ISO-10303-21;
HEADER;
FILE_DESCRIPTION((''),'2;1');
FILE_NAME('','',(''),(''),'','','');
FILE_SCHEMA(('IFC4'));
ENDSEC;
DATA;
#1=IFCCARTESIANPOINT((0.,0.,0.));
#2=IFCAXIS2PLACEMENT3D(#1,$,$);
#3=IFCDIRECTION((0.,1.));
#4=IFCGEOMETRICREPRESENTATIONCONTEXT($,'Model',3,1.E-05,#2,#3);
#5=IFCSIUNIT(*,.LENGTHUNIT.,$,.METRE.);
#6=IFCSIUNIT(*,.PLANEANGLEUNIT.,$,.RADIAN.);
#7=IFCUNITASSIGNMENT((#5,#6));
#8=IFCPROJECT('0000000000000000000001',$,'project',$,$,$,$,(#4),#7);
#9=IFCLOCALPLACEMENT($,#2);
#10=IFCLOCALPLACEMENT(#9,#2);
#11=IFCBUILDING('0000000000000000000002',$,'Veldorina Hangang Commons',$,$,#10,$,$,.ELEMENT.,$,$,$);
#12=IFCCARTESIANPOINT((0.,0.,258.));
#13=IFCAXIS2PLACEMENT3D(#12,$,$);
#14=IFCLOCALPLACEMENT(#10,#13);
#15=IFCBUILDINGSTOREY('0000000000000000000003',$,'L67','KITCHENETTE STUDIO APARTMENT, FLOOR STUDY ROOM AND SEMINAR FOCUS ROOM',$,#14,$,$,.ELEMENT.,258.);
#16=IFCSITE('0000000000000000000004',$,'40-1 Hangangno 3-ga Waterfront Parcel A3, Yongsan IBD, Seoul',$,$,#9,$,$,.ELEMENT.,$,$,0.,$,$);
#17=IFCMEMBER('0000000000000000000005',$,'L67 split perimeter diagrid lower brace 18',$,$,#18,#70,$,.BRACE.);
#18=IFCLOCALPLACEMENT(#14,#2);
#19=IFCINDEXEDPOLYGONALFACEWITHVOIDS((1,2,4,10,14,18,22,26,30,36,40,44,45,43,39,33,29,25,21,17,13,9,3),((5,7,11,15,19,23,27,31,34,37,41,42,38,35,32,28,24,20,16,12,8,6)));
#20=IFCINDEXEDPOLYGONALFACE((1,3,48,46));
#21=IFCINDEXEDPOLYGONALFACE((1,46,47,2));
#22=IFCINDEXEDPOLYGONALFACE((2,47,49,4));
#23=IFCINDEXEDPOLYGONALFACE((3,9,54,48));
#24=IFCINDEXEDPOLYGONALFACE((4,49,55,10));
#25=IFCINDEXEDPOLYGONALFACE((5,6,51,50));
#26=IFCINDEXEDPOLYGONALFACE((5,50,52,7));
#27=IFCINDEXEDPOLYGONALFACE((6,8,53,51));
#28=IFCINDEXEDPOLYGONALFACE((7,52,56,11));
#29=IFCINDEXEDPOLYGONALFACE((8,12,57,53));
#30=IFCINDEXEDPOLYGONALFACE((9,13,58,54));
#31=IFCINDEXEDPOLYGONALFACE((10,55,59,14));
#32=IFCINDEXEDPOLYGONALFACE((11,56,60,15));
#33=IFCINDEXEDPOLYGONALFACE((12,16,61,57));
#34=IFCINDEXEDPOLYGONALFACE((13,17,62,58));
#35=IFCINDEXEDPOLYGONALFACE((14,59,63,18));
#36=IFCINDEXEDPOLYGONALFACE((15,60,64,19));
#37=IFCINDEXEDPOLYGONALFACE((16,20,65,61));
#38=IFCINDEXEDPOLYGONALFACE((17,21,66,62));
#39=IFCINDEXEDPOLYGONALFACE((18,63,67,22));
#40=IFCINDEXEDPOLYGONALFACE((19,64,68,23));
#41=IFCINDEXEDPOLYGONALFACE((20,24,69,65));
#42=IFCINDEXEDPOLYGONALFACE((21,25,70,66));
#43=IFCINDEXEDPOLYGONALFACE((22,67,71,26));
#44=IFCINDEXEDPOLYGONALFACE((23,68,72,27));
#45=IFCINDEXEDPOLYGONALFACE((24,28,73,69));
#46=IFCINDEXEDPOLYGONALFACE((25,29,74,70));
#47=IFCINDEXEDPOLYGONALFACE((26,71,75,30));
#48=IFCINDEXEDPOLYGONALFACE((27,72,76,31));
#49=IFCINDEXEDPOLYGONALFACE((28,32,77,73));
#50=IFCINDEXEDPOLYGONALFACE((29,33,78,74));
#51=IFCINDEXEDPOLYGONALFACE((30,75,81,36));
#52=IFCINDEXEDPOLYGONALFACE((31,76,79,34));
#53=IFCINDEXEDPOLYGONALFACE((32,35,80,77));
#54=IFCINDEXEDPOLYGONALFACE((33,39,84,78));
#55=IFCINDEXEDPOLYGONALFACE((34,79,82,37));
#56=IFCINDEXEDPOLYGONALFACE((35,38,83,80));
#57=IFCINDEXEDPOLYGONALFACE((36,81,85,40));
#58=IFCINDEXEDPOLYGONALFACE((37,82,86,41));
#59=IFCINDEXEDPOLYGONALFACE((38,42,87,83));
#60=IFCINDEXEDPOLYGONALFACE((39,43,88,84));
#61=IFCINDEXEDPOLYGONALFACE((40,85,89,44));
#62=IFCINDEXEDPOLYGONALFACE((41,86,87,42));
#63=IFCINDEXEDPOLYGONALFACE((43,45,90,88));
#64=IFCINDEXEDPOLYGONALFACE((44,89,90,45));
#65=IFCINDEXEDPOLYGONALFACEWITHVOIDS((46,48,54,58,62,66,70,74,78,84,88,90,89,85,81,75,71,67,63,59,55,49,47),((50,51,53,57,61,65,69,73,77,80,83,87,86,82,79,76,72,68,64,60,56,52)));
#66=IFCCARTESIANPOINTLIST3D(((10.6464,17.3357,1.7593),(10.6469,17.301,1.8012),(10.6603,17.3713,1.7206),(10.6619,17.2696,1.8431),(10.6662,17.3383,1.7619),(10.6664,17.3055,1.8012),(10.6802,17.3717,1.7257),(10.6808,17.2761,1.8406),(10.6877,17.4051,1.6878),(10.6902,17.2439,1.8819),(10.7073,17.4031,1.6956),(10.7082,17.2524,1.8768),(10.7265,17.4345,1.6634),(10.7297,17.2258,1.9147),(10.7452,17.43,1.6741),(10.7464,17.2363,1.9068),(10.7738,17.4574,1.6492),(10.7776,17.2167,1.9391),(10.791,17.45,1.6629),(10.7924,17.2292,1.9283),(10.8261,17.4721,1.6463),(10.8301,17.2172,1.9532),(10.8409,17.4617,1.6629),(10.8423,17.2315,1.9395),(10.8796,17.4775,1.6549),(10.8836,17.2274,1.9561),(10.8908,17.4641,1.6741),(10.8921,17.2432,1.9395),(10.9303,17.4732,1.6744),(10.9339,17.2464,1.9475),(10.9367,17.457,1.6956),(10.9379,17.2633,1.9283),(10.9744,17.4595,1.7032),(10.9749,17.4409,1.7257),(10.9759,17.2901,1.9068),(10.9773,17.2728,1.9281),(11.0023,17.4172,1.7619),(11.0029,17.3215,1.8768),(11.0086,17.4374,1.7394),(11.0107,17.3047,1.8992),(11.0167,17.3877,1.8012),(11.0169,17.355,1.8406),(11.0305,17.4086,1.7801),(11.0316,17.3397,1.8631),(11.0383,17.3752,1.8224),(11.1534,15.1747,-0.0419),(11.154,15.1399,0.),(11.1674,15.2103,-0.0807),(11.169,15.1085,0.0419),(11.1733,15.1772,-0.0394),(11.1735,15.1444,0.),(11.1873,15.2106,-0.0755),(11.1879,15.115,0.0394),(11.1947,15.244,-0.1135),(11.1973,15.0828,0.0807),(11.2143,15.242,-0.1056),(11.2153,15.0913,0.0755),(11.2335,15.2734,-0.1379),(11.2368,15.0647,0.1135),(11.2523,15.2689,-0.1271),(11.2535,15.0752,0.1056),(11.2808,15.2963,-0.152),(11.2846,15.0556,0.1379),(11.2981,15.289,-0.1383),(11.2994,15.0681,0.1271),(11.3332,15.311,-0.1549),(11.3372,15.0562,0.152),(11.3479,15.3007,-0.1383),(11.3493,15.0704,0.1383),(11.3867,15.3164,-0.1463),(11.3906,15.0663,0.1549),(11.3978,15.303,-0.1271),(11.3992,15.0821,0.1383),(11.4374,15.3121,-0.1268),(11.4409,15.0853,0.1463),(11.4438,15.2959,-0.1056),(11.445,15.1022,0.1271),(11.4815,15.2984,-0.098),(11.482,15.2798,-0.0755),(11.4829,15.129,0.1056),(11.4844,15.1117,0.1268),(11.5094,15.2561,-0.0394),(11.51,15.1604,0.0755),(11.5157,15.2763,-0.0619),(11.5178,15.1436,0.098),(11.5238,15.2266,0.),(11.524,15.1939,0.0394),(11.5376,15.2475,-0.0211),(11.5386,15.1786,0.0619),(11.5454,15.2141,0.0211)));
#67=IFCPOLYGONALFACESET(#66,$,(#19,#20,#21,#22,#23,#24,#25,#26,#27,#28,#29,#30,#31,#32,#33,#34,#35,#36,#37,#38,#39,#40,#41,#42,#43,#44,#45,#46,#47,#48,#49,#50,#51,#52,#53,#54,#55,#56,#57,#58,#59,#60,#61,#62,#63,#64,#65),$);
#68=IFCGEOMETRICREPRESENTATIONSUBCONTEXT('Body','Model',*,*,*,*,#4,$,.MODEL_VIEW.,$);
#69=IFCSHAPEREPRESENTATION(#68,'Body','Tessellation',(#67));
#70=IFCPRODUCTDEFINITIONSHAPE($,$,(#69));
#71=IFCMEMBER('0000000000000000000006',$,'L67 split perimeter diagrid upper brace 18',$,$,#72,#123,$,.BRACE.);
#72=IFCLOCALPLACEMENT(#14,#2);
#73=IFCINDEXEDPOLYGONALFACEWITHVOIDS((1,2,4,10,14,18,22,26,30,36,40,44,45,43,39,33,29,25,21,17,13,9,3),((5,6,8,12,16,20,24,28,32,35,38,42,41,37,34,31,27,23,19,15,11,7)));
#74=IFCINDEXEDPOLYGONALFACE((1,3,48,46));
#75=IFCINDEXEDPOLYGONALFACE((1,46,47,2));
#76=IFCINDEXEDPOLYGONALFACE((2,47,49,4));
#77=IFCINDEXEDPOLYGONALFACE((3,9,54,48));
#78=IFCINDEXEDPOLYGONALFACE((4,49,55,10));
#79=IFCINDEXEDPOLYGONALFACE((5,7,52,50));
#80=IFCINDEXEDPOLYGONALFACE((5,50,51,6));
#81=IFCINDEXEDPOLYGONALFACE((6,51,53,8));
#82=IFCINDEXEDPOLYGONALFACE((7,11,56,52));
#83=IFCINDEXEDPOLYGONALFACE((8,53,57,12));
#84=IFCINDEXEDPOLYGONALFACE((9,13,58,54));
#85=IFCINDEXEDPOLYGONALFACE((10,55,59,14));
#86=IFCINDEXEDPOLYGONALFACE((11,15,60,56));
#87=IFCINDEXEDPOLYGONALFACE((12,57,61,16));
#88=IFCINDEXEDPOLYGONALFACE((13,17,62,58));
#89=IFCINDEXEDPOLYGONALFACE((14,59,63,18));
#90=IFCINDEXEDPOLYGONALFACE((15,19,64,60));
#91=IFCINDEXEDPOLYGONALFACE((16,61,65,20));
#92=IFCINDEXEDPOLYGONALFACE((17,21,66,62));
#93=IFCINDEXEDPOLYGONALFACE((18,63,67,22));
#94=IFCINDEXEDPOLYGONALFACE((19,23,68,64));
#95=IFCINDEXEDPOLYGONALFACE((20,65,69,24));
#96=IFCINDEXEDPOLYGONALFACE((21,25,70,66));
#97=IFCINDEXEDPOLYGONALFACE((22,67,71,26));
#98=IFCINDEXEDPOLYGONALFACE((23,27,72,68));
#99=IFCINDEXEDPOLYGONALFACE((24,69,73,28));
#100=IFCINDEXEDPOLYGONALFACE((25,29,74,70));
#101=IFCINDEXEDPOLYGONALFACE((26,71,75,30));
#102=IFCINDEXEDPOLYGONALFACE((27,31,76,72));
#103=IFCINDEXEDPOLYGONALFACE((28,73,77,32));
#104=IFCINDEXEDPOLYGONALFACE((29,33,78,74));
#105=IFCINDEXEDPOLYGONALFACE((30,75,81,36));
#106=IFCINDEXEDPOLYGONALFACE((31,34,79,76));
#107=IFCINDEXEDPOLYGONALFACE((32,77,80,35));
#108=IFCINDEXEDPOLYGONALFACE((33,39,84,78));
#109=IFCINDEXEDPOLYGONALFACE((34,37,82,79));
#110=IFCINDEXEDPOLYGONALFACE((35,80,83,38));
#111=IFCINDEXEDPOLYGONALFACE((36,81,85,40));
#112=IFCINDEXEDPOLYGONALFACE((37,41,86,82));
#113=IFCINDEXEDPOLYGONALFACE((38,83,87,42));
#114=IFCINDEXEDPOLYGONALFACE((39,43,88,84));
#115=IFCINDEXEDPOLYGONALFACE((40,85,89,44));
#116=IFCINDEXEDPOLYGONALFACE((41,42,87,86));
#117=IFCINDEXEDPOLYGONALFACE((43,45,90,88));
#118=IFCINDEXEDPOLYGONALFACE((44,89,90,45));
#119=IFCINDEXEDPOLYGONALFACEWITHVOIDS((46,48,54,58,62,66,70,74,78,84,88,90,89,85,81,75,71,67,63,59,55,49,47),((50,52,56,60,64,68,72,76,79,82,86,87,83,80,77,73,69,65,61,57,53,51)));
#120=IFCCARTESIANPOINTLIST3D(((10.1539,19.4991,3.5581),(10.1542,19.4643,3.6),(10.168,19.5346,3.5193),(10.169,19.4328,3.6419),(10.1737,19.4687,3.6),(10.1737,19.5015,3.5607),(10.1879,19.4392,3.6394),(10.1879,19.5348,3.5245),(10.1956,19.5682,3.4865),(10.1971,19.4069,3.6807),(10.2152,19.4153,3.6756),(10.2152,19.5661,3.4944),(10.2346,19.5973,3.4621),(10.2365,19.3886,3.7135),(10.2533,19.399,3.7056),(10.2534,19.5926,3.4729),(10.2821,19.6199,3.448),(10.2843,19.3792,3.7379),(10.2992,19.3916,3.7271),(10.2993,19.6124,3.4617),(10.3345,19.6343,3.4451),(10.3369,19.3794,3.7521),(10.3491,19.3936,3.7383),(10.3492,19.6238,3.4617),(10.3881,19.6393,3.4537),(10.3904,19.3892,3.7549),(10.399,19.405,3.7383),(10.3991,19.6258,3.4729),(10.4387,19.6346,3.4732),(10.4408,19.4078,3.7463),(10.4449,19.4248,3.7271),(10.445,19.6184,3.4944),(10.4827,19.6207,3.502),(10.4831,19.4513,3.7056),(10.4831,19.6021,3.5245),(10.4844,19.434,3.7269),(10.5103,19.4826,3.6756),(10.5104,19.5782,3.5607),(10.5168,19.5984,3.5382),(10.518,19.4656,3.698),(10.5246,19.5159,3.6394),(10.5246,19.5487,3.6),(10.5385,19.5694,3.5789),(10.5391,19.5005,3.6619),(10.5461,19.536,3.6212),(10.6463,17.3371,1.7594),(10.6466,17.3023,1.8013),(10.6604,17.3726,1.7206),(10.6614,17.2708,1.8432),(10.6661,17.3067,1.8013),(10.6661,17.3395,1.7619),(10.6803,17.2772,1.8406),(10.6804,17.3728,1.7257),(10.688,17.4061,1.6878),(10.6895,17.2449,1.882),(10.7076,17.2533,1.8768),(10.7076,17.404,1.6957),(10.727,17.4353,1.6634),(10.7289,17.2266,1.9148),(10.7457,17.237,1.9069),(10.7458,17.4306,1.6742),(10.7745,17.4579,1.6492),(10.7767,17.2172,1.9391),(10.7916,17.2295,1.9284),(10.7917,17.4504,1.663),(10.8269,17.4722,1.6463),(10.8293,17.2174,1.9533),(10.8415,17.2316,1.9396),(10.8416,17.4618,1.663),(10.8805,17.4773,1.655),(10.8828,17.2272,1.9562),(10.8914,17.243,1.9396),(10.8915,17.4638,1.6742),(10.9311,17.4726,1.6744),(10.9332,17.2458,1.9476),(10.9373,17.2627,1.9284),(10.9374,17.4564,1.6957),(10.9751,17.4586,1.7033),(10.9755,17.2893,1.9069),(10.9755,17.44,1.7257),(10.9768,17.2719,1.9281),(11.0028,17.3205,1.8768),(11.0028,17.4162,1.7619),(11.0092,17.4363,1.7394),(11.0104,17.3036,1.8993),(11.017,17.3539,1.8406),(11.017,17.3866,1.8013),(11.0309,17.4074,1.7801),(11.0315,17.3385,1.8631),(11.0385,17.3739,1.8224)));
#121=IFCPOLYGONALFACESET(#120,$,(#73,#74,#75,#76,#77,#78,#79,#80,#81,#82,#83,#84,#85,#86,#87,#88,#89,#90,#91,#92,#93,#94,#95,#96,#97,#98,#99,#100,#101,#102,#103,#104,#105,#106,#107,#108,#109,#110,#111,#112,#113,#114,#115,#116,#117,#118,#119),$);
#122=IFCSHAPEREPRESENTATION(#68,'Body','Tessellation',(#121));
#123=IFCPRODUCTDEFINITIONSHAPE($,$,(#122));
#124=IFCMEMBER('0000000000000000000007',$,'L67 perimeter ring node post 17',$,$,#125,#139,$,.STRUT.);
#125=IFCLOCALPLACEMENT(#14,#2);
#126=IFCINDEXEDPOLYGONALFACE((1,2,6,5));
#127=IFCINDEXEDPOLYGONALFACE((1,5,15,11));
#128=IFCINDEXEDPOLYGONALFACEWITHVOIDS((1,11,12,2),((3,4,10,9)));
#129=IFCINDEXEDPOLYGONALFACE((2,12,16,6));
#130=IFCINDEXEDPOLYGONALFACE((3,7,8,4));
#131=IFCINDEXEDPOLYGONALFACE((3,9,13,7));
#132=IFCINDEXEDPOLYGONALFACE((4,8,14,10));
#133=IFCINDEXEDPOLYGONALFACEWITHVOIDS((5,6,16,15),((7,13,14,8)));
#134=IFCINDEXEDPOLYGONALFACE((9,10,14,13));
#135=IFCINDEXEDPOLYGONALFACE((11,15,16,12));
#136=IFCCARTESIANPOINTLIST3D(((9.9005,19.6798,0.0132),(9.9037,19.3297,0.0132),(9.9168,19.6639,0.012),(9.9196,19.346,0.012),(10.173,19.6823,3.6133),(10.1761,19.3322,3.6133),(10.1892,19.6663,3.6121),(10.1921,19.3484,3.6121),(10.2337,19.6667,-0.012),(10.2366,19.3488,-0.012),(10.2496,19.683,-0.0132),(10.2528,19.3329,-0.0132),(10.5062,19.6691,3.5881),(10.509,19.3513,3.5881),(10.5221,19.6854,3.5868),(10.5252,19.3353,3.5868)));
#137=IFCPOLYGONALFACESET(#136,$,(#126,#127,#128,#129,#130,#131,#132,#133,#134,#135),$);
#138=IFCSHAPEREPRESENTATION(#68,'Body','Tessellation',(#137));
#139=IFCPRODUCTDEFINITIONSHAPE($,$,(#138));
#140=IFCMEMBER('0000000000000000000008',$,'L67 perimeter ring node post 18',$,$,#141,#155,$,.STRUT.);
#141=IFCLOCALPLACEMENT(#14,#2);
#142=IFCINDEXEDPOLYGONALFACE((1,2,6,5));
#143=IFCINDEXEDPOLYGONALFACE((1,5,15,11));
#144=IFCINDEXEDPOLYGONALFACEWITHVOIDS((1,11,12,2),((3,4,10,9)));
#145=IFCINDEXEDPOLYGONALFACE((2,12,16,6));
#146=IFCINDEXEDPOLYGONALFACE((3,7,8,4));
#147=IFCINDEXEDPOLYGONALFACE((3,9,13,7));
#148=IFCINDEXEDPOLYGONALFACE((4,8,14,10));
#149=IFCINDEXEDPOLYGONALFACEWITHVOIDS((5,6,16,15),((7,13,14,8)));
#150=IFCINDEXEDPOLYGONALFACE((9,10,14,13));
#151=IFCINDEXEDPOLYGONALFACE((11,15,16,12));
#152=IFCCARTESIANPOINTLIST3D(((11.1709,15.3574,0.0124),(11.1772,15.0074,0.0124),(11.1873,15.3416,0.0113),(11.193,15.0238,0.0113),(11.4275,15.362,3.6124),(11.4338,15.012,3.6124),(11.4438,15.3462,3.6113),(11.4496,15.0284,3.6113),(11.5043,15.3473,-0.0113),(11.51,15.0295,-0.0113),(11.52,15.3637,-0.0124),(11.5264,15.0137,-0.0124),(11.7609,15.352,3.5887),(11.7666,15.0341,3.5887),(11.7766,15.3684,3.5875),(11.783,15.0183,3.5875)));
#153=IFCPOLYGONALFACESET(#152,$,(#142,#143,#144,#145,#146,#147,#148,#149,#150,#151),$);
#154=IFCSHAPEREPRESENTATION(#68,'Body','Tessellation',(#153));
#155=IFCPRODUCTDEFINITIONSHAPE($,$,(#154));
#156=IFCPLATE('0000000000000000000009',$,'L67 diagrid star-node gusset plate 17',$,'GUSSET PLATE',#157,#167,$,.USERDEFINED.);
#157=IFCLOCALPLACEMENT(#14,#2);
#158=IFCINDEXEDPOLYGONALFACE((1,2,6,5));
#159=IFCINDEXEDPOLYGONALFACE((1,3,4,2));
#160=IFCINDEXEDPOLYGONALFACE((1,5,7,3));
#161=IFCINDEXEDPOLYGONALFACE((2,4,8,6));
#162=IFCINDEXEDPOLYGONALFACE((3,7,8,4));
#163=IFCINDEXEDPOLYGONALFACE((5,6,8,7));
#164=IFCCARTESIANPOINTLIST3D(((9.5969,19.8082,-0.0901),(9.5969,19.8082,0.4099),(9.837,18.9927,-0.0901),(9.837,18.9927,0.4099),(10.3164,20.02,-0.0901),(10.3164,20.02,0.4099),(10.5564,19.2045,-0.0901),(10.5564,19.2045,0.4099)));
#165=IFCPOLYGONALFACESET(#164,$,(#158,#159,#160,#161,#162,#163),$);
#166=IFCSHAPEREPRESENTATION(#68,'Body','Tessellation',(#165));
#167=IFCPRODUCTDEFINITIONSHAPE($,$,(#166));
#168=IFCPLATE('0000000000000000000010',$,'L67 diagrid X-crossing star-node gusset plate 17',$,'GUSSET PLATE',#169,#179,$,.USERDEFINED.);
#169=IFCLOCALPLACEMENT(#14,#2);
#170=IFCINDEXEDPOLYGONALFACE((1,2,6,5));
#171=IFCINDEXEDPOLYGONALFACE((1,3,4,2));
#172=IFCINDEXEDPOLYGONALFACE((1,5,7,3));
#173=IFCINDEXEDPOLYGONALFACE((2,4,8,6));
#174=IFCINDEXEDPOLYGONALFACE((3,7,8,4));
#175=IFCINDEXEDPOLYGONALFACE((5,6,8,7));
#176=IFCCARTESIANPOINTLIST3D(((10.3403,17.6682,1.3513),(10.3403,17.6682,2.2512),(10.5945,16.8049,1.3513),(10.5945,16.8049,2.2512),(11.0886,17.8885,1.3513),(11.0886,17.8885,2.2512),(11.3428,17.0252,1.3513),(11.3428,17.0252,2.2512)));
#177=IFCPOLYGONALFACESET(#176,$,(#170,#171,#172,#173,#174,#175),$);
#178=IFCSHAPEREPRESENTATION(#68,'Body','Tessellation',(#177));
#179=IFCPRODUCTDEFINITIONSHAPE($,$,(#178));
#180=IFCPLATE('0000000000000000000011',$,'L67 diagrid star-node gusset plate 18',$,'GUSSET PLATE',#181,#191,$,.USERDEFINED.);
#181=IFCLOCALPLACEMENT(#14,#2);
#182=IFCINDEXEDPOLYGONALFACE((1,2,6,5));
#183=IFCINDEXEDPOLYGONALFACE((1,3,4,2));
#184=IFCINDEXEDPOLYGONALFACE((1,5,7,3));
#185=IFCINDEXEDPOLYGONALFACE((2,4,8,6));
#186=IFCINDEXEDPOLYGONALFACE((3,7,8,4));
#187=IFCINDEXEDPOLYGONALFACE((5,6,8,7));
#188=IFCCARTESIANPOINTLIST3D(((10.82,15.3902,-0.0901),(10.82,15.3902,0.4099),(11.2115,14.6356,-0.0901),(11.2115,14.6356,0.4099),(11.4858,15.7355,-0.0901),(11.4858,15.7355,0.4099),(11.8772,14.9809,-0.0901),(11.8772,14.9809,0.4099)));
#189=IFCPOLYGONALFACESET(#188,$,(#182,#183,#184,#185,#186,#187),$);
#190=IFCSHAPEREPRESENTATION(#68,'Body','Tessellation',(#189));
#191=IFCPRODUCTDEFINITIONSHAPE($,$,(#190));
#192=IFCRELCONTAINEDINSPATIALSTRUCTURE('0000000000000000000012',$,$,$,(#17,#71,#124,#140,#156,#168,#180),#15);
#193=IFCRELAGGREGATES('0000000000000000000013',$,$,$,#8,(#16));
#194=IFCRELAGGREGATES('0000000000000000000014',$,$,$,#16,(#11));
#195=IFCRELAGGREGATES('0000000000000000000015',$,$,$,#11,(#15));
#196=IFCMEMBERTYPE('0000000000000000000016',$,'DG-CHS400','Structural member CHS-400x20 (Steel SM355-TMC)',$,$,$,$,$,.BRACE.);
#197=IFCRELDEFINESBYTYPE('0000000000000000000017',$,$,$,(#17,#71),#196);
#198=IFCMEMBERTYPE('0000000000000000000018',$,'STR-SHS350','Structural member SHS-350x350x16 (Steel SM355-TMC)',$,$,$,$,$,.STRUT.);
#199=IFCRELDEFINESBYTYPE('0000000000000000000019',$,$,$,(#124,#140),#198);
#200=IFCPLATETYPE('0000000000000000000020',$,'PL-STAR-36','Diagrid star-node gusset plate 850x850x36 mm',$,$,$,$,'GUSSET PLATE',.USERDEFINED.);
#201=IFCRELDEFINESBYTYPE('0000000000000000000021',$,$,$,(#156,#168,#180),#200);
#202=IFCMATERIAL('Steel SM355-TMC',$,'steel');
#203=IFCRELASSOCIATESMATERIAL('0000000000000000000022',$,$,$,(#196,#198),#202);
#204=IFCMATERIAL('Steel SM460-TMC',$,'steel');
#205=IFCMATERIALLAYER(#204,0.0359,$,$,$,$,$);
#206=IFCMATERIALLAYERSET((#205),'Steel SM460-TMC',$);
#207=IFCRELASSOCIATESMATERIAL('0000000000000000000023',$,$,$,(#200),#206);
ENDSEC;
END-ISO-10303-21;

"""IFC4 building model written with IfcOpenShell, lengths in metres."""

from ifc_helpers import new_model, si_unit, direction, frame, origin, origin_2d, place, context, subcontext, project, spatial, rectangle, hollow_rectangle, hollow_circle, extrude, material, layer, layer_set, material_profile, profile_set, type_object, element, save


model = new_model("IFC4")

# Units and contexts
model_context = context("Model", 3, precision=1e-05, world=origin(), true_north=direction((0.0, 1.0)))
body_context = subcontext(model_context, "Body", "Model", "MODEL_VIEW")
ifc_project = project(units=[si_unit("LENGTHUNIT", "METRE"), si_unit("PLANEANGLEUNIT", "RADIAN")], contexts=[model_context])

# Site, building, storey
site_placement = place(None, origin())
site = spatial("IfcSite", under=ifc_project, at=site_placement, Name="40-1 Hangangno 3-ga Waterfront Parcel A3, Yongsan IBD, Seoul", CompositionType="ELEMENT", RefElevation=0.0)
building_placement = place(site_placement, origin())
building = spatial("IfcBuilding", under=site, at=building_placement, Name="Veldorina Hangang Commons", CompositionType="ELEMENT")
storey_placement = place(building_placement, frame((0.0, 0.0, 258.0)))
storey = spatial("IfcBuildingStorey", under=building, at=storey_placement, Name="L67", Description="KITCHENETTE STUDIO APARTMENT, FLOOR STUDY ROOM AND SEMINAR FOCUS ROOM", CompositionType="ELEMENT", Elevation=258.0)

# Shared definitions
ifc_material_1 = material(Name="Steel SM355-TMC", Category="steel")

# Members
ifc_material_profile_1 = material_profile(ifc_material_1, hollow_circle(Radius=0.2, WallThickness=0.02, at=origin_2d()), Name="CHS-400x20")
ifc_profile_set_1 = profile_set([ifc_material_profile_1], Name="Steel SM355-TMC")
member_type_1 = type_object("IfcMemberType", Name="DG-CHS400", Description="Structural member CHS-400x20 (Steel SM355-TMC)", PredefinedType="BRACE", material=ifc_profile_set_1)
member_1_placement = place(storey_placement, frame((11.3486, 15.1855, 0.0), z_axis=(-0.177381, 0.755983, 0.6301), x_axis=(-0.97356, -0.228432, 0.0)))
element("IfcMember", 1, at=member_1_placement, inside=storey, type_object=member_type_1, Name="L67 split perimeter diagrid lower brace 18", PredefinedType="BRACE", context=body_context, shape_type="SweptSolid", body=[
    extrude(hollow_circle(Radius=0.2, WallThickness=0.02, at=origin_2d()), origin(), (0.0, 0.0, 1.0), 2.8586),
])
member_2_placement = place(storey_placement, frame((10.8416, 17.3467, 1.8013), z_axis=(-0.17246, 0.757215, 0.629987), x_axis=(-0.975031, -0.222068, 0.0)))
element("IfcMember", 2, at=member_2_placement, inside=storey, type_object=member_type_1, Name="L67 split perimeter diagrid upper brace 18", PredefinedType="BRACE", context=body_context, shape_type="SweptSolid", body=[
    extrude(hollow_circle(Radius=0.2, WallThickness=0.02, at=origin_2d()), origin(), (0.0, 0.0, 1.0), 2.8552),
])
ifc_material_profile_2 = material_profile(ifc_material_1, hollow_rectangle(XDim=0.3501, YDim=0.3501, WallThickness=0.0161, at=origin_2d()), Name="SHS-350x350x16")
ifc_profile_set_2 = profile_set([ifc_material_profile_2], Name="Steel SM355-TMC")
member_type_2 = type_object("IfcMemberType", Name="STR-SHS350", Description="Structural member SHS-350x350x16 (Steel SM355-TMC)", PredefinedType="STRUT", material=ifc_profile_set_2)
member_3_placement = place(storey_placement, frame((10.0767, 19.5063, 0.0), z_axis=(0.075466, 0.000676, 0.997148), x_axis=(-0.00896, 0.99996, 0.0)))
element("IfcMember", 3, at=member_3_placement, inside=storey, type_object=member_type_2, Name="L67 perimeter ring node post 17", PredefinedType="STRUT", context=body_context, shape_type="SweptSolid", body=[
    extrude(hollow_rectangle(XDim=0.3501, YDim=0.3501, WallThickness=0.0161, at=origin_2d()), origin(), (0.0, 0.0, 1.0), 3.6104),
])
member_4_placement = place(storey_placement, frame((11.3486, 15.1855, 0.0), z_axis=(0.071093, 0.001285, 0.997469), x_axis=(-0.018075, 0.999837, 0.0)))
element("IfcMember", 4, at=member_4_placement, inside=storey, type_object=member_type_2, Name="L67 perimeter ring node post 18", PredefinedType="STRUT", context=body_context, shape_type="SweptSolid", body=[
    extrude(hollow_rectangle(XDim=0.3501, YDim=0.3501, WallThickness=0.0161, at=origin_2d()), origin(), (0.0, 0.0, 1.0), 3.6091),
])

# Plates
ifc_material_2 = material(Name="Steel SM460-TMC", Category="steel")
ifc_layer_1 = layer(ifc_material_2, 0.0359)
ifc_layer_set_1 = layer_set([ifc_layer_1], Name="Steel SM460-TMC")
plate_type = type_object("IfcPlateType", Name="PL-STAR-36", Description="Diagrid star-node gusset plate 850x850x36 mm", ElementType="GUSSET PLATE", PredefinedType="USERDEFINED", material=ifc_layer_set_1)
plate_1_placement = place(storey_placement, frame((10.0767, 19.5063, -0.0901), z_axis=(0.0, 0.0, 1.0), x_axis=(0.282408, -0.959294, 0.0)))
element("IfcPlate", 5, at=plate_1_placement, inside=storey, type_object=plate_type, Name="L67 diagrid star-node gusset plate 17", ObjectType="GUSSET PLATE", PredefinedType="USERDEFINED", context=body_context, shape_type="SweptSolid", body=[
    extrude(rectangle(XDim=0.8501, YDim=0.75, at=origin_2d()), origin(), (0.0, 0.0, 1.0), 0.5),
])
plate_2_placement = place(storey_placement, frame((10.8416, 17.3467, 1.3513), z_axis=(0.0, 0.0, 1.0), x_axis=(0.282408, -0.959294, 0.0)))
element("IfcPlate", 6, at=plate_2_placement, inside=storey, type_object=plate_type, Name="L67 diagrid X-crossing star-node gusset plate 17", ObjectType="GUSSET PLATE", PredefinedType="USERDEFINED", context=body_context, shape_type="SweptSolid", body=[
    extrude(rectangle(XDim=0.8999, YDim=0.78, at=origin_2d()), origin(), (0.0, 0.0, 1.0), 0.8999),
])
plate_3_placement = place(storey_placement, frame((11.3486, 15.1855, -0.0901), z_axis=(0.0, 0.0, 1.0), x_axis=(0.460463, -0.887679, 0.0)))
element("IfcPlate", 7, at=plate_3_placement, inside=storey, type_object=plate_type, Name="L67 diagrid star-node gusset plate 18", ObjectType="GUSSET PLATE", PredefinedType="USERDEFINED", context=body_context, shape_type="SweptSolid", body=[
    extrude(rectangle(XDim=0.8501, YDim=0.75, at=origin_2d()), origin(), (0.0, 0.0, 1.0), 0.5),
])

save(model, "model.ifc")
